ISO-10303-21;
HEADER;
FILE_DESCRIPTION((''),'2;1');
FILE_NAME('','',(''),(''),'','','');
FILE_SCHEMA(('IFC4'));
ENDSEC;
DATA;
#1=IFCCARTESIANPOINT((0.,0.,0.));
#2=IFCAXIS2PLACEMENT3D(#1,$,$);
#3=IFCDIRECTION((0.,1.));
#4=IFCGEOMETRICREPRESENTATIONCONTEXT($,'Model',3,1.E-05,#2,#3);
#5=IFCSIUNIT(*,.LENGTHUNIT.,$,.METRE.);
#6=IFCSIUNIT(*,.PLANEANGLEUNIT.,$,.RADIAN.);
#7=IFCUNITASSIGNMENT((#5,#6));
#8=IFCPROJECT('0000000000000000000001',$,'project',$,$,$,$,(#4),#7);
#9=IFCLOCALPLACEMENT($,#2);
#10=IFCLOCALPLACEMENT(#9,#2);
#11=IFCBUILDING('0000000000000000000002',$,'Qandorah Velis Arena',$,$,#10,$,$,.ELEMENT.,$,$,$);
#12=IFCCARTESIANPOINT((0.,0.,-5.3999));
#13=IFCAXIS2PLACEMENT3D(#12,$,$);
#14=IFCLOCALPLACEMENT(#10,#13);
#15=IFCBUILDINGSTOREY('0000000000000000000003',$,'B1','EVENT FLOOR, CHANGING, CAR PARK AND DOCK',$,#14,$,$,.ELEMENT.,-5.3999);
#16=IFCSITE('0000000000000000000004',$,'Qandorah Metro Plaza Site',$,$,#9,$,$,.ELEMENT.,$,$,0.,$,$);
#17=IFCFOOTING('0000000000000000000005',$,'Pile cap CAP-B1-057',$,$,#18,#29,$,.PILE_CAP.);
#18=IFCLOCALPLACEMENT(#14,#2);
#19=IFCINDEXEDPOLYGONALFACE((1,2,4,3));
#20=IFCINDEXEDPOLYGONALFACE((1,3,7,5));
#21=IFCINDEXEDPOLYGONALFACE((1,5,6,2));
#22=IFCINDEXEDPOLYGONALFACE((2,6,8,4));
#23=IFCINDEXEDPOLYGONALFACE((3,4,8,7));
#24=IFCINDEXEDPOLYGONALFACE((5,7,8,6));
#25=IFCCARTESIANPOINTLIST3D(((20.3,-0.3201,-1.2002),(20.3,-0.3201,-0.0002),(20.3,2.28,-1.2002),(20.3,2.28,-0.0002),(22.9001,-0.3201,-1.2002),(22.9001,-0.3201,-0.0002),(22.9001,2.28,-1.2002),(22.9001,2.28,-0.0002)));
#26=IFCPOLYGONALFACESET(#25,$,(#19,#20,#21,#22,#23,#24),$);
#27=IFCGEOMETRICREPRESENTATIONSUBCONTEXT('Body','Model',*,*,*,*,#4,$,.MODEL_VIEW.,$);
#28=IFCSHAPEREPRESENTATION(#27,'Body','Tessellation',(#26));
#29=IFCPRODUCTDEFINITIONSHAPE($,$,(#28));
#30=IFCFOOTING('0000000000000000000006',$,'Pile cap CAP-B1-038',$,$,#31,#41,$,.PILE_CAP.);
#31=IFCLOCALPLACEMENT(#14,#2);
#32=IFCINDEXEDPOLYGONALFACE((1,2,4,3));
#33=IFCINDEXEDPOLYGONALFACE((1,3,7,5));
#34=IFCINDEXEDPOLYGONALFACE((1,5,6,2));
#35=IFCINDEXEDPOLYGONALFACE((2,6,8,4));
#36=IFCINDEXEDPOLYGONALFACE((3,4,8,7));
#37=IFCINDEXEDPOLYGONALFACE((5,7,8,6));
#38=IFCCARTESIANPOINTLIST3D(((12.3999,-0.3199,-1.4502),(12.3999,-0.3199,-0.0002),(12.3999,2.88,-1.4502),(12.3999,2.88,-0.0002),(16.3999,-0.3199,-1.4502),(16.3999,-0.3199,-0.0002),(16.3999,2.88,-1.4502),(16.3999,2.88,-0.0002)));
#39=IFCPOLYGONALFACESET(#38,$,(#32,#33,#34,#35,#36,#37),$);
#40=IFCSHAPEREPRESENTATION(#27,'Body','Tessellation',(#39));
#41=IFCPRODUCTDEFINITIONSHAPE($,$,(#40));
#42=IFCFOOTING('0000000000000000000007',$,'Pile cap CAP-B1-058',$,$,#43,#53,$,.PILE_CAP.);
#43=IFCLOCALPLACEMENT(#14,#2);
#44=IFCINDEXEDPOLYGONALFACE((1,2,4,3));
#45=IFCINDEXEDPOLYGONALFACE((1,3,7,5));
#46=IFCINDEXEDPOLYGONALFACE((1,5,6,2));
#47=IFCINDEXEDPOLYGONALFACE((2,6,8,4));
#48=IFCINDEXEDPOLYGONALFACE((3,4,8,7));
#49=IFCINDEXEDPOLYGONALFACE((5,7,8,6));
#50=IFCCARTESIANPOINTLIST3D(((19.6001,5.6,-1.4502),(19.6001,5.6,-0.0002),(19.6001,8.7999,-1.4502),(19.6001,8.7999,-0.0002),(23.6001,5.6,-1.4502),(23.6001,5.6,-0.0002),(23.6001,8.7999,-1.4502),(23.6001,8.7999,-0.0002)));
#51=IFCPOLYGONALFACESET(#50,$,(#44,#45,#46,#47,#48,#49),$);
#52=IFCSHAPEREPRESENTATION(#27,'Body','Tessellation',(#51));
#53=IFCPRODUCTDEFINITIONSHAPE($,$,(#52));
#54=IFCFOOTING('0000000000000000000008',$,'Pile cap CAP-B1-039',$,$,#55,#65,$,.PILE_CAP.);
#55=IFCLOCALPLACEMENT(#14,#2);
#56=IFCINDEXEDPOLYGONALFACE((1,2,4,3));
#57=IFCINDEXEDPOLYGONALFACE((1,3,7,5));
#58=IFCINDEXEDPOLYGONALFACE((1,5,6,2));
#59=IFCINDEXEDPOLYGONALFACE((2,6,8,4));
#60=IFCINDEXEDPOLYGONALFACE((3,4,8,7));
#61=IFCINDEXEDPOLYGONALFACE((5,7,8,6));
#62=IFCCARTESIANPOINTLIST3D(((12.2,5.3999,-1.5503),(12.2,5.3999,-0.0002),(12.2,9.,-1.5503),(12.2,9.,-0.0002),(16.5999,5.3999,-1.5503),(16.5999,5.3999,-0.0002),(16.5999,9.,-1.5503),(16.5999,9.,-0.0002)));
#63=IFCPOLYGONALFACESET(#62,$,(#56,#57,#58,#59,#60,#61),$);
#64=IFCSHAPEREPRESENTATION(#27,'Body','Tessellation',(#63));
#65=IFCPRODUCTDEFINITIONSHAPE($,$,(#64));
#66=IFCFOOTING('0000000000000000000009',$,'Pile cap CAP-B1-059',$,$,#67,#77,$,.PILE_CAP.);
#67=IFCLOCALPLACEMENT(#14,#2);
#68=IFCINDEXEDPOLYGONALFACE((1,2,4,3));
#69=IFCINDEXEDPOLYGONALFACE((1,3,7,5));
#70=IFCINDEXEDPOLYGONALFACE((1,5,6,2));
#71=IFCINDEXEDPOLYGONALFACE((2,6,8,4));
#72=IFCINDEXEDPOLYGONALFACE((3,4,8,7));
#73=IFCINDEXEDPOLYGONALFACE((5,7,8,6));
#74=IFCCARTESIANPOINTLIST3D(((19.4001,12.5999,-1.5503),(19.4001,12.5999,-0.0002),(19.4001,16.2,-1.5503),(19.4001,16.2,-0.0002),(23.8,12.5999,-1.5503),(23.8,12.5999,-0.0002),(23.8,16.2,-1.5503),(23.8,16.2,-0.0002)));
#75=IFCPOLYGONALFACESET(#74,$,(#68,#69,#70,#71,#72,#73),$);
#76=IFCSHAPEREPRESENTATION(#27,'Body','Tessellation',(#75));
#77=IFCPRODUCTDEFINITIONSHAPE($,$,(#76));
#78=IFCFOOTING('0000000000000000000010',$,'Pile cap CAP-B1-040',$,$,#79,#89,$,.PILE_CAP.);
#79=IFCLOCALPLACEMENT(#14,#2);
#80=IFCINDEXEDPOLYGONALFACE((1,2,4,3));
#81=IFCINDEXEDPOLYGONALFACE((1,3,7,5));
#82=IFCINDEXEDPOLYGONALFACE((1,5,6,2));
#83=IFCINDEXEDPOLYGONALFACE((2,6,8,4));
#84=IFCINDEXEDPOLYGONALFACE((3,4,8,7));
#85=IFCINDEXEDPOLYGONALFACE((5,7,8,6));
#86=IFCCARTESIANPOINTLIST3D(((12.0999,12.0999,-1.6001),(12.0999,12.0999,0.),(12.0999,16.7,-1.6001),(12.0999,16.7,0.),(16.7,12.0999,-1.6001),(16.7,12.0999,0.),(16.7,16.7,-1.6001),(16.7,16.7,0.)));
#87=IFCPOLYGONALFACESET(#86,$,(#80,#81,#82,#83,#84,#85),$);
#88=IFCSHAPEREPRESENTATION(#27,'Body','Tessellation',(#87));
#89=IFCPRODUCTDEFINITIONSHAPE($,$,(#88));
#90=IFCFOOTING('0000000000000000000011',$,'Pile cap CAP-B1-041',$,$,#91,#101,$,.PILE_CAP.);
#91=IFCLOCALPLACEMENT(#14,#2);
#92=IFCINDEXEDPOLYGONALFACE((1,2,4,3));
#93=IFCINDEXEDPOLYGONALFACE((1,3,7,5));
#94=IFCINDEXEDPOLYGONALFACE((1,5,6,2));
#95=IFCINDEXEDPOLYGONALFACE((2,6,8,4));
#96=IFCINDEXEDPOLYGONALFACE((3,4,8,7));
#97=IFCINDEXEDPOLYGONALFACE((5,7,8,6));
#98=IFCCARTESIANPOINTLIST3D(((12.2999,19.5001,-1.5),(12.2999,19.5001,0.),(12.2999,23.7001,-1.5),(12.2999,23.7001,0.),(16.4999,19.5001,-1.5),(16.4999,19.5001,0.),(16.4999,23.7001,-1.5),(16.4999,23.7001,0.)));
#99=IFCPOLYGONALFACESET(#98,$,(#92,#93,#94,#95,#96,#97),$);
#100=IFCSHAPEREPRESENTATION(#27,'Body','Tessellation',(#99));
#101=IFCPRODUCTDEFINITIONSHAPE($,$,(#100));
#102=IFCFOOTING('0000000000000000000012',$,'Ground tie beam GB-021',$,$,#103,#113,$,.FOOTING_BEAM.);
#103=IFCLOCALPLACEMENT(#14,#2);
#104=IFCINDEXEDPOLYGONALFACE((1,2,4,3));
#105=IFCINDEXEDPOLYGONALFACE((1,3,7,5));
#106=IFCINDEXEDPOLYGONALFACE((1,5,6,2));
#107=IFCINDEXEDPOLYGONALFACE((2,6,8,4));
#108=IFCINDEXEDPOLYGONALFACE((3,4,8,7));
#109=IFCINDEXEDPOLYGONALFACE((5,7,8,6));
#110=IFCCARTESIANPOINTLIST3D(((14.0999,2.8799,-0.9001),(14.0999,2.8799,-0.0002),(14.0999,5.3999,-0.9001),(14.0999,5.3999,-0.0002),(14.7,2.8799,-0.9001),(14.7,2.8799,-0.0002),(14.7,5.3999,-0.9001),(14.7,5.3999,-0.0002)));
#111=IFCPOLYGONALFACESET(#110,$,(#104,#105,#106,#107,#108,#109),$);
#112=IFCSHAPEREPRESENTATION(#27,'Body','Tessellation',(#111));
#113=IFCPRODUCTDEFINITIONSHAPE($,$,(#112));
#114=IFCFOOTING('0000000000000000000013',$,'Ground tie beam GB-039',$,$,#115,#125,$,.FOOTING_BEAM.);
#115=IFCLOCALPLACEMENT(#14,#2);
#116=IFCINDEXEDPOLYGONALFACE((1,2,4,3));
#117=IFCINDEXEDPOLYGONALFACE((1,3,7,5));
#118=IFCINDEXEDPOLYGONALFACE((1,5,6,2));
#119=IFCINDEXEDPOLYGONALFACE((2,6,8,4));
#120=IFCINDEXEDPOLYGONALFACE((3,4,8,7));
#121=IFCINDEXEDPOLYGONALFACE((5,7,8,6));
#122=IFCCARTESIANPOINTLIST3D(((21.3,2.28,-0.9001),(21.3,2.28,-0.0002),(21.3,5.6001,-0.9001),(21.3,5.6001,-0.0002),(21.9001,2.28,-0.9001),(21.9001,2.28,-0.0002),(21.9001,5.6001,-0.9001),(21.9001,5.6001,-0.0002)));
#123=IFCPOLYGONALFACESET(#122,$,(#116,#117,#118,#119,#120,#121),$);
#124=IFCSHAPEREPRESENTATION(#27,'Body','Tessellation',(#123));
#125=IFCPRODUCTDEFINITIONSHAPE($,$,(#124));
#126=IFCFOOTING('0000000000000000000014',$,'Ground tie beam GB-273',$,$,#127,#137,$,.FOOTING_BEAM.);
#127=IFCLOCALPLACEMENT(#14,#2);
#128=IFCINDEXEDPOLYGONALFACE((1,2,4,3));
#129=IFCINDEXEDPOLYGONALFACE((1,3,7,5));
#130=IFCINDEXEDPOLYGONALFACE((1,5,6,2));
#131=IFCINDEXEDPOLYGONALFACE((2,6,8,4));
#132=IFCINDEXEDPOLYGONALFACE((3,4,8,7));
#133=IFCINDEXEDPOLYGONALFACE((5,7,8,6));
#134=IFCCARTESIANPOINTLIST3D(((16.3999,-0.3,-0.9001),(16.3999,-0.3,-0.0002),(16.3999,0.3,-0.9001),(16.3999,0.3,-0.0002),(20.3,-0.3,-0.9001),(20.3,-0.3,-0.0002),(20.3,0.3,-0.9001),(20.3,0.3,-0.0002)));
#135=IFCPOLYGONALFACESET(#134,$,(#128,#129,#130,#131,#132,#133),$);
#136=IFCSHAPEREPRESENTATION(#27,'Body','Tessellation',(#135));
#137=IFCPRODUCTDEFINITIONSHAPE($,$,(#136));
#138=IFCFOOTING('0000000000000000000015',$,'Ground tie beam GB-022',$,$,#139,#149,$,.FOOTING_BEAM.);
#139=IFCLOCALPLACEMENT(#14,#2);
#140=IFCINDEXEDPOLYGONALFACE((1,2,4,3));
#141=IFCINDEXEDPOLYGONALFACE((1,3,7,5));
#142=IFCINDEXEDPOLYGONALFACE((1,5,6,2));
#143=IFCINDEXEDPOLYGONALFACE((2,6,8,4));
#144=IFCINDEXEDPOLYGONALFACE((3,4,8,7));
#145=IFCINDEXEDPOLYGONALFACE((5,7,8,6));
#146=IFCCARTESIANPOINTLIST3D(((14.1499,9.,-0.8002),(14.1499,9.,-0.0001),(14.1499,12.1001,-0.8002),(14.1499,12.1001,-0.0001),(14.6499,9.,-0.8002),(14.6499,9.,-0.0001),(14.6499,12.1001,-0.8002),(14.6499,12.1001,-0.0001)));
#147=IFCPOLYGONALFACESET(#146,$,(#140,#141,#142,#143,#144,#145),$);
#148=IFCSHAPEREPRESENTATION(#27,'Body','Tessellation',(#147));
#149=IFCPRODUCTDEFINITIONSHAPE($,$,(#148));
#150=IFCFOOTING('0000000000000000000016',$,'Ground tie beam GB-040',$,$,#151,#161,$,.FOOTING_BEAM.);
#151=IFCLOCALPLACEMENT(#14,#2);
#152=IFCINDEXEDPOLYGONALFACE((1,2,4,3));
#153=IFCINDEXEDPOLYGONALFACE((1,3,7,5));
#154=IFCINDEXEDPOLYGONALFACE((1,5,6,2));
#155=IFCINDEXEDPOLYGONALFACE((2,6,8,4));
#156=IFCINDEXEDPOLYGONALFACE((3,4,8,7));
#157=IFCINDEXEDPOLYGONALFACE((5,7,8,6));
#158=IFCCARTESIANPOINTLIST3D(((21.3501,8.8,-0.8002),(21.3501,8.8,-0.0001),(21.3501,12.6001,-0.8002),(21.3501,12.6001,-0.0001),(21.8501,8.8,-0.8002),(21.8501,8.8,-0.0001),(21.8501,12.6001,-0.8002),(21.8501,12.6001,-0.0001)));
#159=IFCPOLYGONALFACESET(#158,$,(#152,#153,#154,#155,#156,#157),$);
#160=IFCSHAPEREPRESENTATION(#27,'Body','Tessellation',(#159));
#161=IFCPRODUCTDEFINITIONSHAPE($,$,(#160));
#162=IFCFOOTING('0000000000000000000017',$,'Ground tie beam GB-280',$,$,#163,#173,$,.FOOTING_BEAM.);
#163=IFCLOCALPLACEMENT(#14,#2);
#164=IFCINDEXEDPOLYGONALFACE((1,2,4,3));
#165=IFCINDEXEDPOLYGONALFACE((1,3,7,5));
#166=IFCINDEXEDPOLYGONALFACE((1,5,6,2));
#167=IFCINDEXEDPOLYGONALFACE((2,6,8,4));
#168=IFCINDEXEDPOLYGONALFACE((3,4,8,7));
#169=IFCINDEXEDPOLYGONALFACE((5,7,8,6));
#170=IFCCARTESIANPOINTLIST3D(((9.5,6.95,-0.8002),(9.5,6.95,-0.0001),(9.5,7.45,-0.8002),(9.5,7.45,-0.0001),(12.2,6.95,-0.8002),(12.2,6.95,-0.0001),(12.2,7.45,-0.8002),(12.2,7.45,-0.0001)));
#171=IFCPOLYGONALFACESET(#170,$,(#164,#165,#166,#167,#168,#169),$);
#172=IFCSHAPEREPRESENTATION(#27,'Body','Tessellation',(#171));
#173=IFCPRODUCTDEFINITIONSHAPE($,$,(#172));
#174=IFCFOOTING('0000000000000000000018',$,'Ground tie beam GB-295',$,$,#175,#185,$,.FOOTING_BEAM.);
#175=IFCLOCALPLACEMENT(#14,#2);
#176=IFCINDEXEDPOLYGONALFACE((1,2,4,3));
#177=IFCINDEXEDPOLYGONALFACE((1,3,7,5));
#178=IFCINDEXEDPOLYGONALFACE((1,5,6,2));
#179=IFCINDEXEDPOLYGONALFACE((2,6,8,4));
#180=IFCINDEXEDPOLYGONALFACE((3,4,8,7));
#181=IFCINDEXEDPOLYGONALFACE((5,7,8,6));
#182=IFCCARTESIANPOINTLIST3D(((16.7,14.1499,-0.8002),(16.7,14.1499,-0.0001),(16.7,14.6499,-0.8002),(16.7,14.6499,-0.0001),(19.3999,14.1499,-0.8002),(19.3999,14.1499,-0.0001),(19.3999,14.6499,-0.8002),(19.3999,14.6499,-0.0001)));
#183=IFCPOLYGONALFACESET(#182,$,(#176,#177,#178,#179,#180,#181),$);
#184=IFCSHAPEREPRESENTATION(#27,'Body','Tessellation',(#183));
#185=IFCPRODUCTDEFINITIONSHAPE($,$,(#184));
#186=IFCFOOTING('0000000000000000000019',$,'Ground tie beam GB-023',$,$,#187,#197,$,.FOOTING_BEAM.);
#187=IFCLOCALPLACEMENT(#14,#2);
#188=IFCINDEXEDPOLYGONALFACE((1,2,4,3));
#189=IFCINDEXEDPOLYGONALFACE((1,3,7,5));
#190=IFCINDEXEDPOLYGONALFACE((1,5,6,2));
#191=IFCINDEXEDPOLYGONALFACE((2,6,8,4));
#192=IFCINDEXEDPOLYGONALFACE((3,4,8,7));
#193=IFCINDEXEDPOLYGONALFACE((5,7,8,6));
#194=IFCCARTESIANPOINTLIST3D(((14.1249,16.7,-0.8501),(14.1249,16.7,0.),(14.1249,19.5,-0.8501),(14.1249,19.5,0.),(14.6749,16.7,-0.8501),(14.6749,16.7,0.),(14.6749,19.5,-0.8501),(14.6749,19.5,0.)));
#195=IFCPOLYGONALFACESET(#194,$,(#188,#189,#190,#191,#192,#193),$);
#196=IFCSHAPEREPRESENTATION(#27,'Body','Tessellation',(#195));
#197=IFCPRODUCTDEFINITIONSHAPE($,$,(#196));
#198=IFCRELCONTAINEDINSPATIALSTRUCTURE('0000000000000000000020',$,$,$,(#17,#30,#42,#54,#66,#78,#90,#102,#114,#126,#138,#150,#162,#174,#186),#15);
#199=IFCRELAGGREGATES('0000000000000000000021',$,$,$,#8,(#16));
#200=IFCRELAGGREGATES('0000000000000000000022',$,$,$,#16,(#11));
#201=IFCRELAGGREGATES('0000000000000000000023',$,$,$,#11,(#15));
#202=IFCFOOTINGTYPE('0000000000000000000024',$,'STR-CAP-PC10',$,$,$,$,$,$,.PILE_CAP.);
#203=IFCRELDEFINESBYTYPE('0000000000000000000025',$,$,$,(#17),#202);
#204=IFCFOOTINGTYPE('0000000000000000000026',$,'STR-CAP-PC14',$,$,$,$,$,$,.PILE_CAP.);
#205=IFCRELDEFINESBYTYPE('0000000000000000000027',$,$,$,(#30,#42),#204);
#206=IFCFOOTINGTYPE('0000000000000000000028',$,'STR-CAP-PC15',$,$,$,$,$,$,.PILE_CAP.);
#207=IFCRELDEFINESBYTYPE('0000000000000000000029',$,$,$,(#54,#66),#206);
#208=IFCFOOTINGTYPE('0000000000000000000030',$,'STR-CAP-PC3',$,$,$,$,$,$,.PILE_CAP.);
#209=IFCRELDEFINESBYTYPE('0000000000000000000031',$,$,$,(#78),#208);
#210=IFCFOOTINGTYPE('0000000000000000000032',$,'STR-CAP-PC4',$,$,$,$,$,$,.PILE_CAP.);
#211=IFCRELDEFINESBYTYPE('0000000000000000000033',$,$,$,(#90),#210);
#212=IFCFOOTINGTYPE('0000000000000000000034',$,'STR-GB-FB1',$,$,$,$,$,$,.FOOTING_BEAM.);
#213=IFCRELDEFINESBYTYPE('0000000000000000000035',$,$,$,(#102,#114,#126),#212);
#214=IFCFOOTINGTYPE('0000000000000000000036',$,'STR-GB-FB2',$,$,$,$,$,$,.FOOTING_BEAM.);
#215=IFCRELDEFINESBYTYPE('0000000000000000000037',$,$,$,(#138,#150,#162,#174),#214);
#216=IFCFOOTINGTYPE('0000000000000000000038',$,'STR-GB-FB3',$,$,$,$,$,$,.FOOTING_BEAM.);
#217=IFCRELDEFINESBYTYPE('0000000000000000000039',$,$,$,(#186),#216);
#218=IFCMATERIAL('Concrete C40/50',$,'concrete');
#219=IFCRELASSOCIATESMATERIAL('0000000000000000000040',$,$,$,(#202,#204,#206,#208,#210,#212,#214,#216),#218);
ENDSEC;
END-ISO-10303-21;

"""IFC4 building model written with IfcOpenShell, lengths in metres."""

from ifc_helpers import new_model, si_unit, direction, frame, origin, origin_2d, place, context, subcontext, project, spatial, rectangle, extrude, material, material_profile, profile_set, type_object, element, save


model = new_model("IFC4")

# Units and contexts
model_context = context("Model", 3, precision=1e-05, world=origin(), true_north=direction((0.0, 1.0)))
body_context = subcontext(model_context, "Body", "Model", "MODEL_VIEW")
ifc_project = project(units=[si_unit("LENGTHUNIT", "METRE"), si_unit("PLANEANGLEUNIT", "RADIAN")], contexts=[model_context])

# Site, building, storey
site_placement = place(None, origin())
site = spatial("IfcSite", under=ifc_project, at=site_placement, Name="Qandorah Metro Plaza Site", CompositionType="ELEMENT", RefElevation=0.0)
building_placement = place(site_placement, origin())
building = spatial("IfcBuilding", under=site, at=building_placement, Name="Qandorah Velis Arena", CompositionType="ELEMENT")
storey_placement = place(building_placement, frame((0.0, 0.0, -5.3999)))
storey = spatial("IfcBuildingStorey", under=building, at=storey_placement, Name="B1", Description="EVENT FLOOR, CHANGING, CAR PARK AND DOCK", CompositionType="ELEMENT", Elevation=-5.3999)

# Footings
ifc_material = material(Name="Concrete C40/50", Category="concrete")
footing_type_1 = type_object("IfcFootingType", Name="STR-CAP-PC10", PredefinedType="PILE_CAP", material=ifc_material)
footing_1_placement = place(storey_placement, frame((21.6001, 0.98, -1.2002), z_axis=(0.0, 0.0, 1.0), x_axis=(1.0, 0.0, 0.0)))
element("IfcFooting", 1, at=footing_1_placement, inside=storey, type_object=footing_type_1, Name="Pile cap CAP-B1-057", PredefinedType="PILE_CAP", context=body_context, shape_type="SweptSolid", body=[
    extrude(rectangle(XDim=2.6001, YDim=2.6001, at=origin_2d()), origin(), (0.0, 0.0, 1.0), 1.2),
])
footing_type_2 = type_object("IfcFootingType", Name="STR-CAP-PC14", PredefinedType="PILE_CAP", material=ifc_material)
for number, where, z_axis, x_axis, name in (
    (2, (14.3999, 1.28, -1.4502), (0.0, 0.0, 1.0), (1.0, 0.0, 0.0), "Pile cap CAP-B1-038"),
    (3, (21.6001, 7.2, -1.4502), (0.0, 0.0, 1.0), (1.0, 0.0, 0.0), "Pile cap CAP-B1-058"),
):
    element("IfcFooting", number, at=place(storey_placement, frame(where, z_axis=z_axis, x_axis=x_axis)), inside=storey, type_object=footing_type_2, Name=name, PredefinedType="PILE_CAP", context=body_context, shape_type="SweptSolid", body=[
        extrude(rectangle(XDim=4.0, YDim=3.2, at=origin_2d()), origin(), (0.0, 0.0, 1.0), 1.45),
    ])
footing_type_3 = type_object("IfcFootingType", Name="STR-CAP-PC15", PredefinedType="PILE_CAP", material=ifc_material)
for number, where, z_axis, x_axis, name in (
    (4, (14.3999, 7.2, -1.5503), (0.0, 0.0, 1.0), (1.0, 0.0, 0.0), "Pile cap CAP-B1-039"),
    (5, (21.6001, 14.3999, -1.5503), (0.0, 0.0, 1.0), (1.0, 0.0, 0.0), "Pile cap CAP-B1-059"),
):
    element("IfcFooting", number, at=place(storey_placement, frame(where, z_axis=z_axis, x_axis=x_axis)), inside=storey, type_object=footing_type_3, Name=name, PredefinedType="PILE_CAP", context=body_context, shape_type="SweptSolid", body=[
        extrude(rectangle(XDim=4.3999, YDim=3.6001, at=origin_2d()), origin(), (0.0, 0.0, 1.0), 1.55),
    ])
footing_type_4 = type_object("IfcFootingType", Name="STR-CAP-PC3", PredefinedType="PILE_CAP", material=ifc_material)
footing_2_placement = place(storey_placement, frame((14.3999, 14.3999, -1.6001), z_axis=(0.0, 0.0, 1.0), x_axis=(1.0, 0.0, 0.0)))
element("IfcFooting", 6, at=footing_2_placement, inside=storey, type_object=footing_type_4, Name="Pile cap CAP-B1-040", PredefinedType="PILE_CAP", context=body_context, shape_type="SweptSolid", body=[
    extrude(rectangle(XDim=4.6001, YDim=4.6001, at=origin_2d()), origin(), (0.0, 0.0, 1.0), 1.6001),
])
footing_type_5 = type_object("IfcFootingType", Name="STR-CAP-PC4", PredefinedType="PILE_CAP", material=ifc_material)
footing_3_placement = place(storey_placement, frame((14.3999, 21.6001, -1.5), z_axis=(0.0, 0.0, 1.0), x_axis=(1.0, 0.0, 0.0)))
element("IfcFooting", 7, at=footing_3_placement, inside=storey, type_object=footing_type_5, Name="Pile cap CAP-B1-041", PredefinedType="PILE_CAP", context=body_context, shape_type="SweptSolid", body=[
    extrude(rectangle(XDim=4.2, YDim=4.2, at=origin_2d()), origin(), (0.0, 0.0, 1.0), 1.5),
])
ifc_material_profile_1 = material_profile(ifc_material, rectangle(XDim=0.6001, YDim=0.8999, at=origin_2d()), Name="GB1 600x900")
ifc_profile_set_1 = profile_set([ifc_material_profile_1], Name="Concrete C40/50")
footing_type_6 = type_object("IfcFootingType", Name="STR-GB-FB1", PredefinedType="FOOTING_BEAM", material=ifc_profile_set_1)
footing_4_placement = place(storey_placement, frame((14.3999, 2.8799, -0.4502), z_axis=(0.0, 1.0, 0.0), x_axis=(-1.0, 0.0, 0.0)))
element("IfcFooting", 8, at=footing_4_placement, inside=storey, type_object=footing_type_6, Name="Ground tie beam GB-021", PredefinedType="FOOTING_BEAM", context=body_context, shape_type="SweptSolid", body=[
    extrude(rectangle(XDim=0.6001, YDim=0.8999, at=origin_2d()), origin(), (0.0, 0.0, 1.0), 2.52),
])
footing_5_placement = place(storey_placement, frame((21.6001, 2.28, -0.4502), z_axis=(0.0, 1.0, 0.0), x_axis=(-1.0, 0.0, 0.0)))
element("IfcFooting", 9, at=footing_5_placement, inside=storey, type_object=footing_type_6, Name="Ground tie beam GB-039", PredefinedType="FOOTING_BEAM", context=body_context, shape_type="SweptSolid", body=[
    extrude(rectangle(XDim=0.6001, YDim=0.8999, at=origin_2d()), origin(), (0.0, 0.0, 1.0), 3.3201),
])
footing_6_placement = place(storey_placement, frame((16.3999, 0.0, -0.4502), z_axis=(1.0, 0.0, 0.0), x_axis=(0.0, 1.0, 0.0)))
element("IfcFooting", 10, at=footing_6_placement, inside=storey, type_object=footing_type_6, Name="Ground tie beam GB-273", PredefinedType="FOOTING_BEAM", context=body_context, shape_type="SweptSolid", body=[
    extrude(rectangle(XDim=0.6001, YDim=0.8999, at=origin_2d()), origin(), (0.0, 0.0, 1.0), 3.9001),
])
ifc_material_profile_2 = material_profile(ifc_material, rectangle(XDim=0.5, YDim=0.8, at=origin_2d()), Name="GB2 500x800")
ifc_profile_set_2 = profile_set([ifc_material_profile_2], Name="Concrete C40/50")
footing_type_7 = type_object("IfcFootingType", Name="STR-GB-FB2", PredefinedType="FOOTING_BEAM", material=ifc_profile_set_2)
footing_7_placement = place(storey_placement, frame((14.3999, 9.0, -0.4001), z_axis=(0.0, 1.0, 0.0), x_axis=(-1.0, 0.0, 0.0)))
element("IfcFooting", 11, at=footing_7_placement, inside=storey, type_object=footing_type_7, Name="Ground tie beam GB-022", PredefinedType="FOOTING_BEAM", context=body_context, shape_type="SweptSolid", body=[
    extrude(rectangle(XDim=0.5, YDim=0.8, at=origin_2d()), origin(), (0.0, 0.0, 1.0), 3.1001),
])
footing_8_placement = place(storey_placement, frame((21.6001, 8.8, -0.4001), z_axis=(0.0, 1.0, 0.0), x_axis=(-1.0, 0.0, 0.0)))
element("IfcFooting", 12, at=footing_8_placement, inside=storey, type_object=footing_type_7, Name="Ground tie beam GB-040", PredefinedType="FOOTING_BEAM", context=body_context, shape_type="SweptSolid", body=[
    extrude(rectangle(XDim=0.5, YDim=0.8, at=origin_2d()), origin(), (0.0, 0.0, 1.0), 3.8),
])
for number, where, z_axis, x_axis, name in (
    (13, (9.5, 7.2, -0.4001), (1.0, 0.0, 0.0), (0.0, 1.0, 0.0), "Ground tie beam GB-280"),
    (14, (16.7, 14.3999, -0.4001), (1.0, 0.0, 0.0), (0.0, 1.0, 0.0), "Ground tie beam GB-295"),
):
    element("IfcFooting", number, at=place(storey_placement, frame(where, z_axis=z_axis, x_axis=x_axis)), inside=storey, type_object=footing_type_7, Name=name, PredefinedType="FOOTING_BEAM", context=body_context, shape_type="SweptSolid", body=[
        extrude(rectangle(XDim=0.5, YDim=0.8, at=origin_2d()), origin(), (0.0, 0.0, 1.0), 2.7),
    ])
ifc_material_profile_3 = material_profile(ifc_material, rectangle(XDim=0.55, YDim=0.8501, at=origin_2d()), Name="GB3 550x850")
ifc_profile_set_3 = profile_set([ifc_material_profile_3], Name="Concrete C40/50")
footing_type_8 = type_object("IfcFootingType", Name="STR-GB-FB3", PredefinedType="FOOTING_BEAM", material=ifc_profile_set_3)
footing_9_placement = place(storey_placement, frame((14.3999, 16.7, -0.425), z_axis=(0.0, 1.0, 0.0), x_axis=(-1.0, 0.0, 0.0)))
element("IfcFooting", 15, at=footing_9_placement, inside=storey, type_object=footing_type_8, Name="Ground tie beam GB-023", PredefinedType="FOOTING_BEAM", context=body_context, shape_type="SweptSolid", body=[
    extrude(rectangle(XDim=0.55, YDim=0.8501, at=origin_2d()), origin(), (0.0, 0.0, 1.0), 2.8),
])

save(model, "model.ifc")
